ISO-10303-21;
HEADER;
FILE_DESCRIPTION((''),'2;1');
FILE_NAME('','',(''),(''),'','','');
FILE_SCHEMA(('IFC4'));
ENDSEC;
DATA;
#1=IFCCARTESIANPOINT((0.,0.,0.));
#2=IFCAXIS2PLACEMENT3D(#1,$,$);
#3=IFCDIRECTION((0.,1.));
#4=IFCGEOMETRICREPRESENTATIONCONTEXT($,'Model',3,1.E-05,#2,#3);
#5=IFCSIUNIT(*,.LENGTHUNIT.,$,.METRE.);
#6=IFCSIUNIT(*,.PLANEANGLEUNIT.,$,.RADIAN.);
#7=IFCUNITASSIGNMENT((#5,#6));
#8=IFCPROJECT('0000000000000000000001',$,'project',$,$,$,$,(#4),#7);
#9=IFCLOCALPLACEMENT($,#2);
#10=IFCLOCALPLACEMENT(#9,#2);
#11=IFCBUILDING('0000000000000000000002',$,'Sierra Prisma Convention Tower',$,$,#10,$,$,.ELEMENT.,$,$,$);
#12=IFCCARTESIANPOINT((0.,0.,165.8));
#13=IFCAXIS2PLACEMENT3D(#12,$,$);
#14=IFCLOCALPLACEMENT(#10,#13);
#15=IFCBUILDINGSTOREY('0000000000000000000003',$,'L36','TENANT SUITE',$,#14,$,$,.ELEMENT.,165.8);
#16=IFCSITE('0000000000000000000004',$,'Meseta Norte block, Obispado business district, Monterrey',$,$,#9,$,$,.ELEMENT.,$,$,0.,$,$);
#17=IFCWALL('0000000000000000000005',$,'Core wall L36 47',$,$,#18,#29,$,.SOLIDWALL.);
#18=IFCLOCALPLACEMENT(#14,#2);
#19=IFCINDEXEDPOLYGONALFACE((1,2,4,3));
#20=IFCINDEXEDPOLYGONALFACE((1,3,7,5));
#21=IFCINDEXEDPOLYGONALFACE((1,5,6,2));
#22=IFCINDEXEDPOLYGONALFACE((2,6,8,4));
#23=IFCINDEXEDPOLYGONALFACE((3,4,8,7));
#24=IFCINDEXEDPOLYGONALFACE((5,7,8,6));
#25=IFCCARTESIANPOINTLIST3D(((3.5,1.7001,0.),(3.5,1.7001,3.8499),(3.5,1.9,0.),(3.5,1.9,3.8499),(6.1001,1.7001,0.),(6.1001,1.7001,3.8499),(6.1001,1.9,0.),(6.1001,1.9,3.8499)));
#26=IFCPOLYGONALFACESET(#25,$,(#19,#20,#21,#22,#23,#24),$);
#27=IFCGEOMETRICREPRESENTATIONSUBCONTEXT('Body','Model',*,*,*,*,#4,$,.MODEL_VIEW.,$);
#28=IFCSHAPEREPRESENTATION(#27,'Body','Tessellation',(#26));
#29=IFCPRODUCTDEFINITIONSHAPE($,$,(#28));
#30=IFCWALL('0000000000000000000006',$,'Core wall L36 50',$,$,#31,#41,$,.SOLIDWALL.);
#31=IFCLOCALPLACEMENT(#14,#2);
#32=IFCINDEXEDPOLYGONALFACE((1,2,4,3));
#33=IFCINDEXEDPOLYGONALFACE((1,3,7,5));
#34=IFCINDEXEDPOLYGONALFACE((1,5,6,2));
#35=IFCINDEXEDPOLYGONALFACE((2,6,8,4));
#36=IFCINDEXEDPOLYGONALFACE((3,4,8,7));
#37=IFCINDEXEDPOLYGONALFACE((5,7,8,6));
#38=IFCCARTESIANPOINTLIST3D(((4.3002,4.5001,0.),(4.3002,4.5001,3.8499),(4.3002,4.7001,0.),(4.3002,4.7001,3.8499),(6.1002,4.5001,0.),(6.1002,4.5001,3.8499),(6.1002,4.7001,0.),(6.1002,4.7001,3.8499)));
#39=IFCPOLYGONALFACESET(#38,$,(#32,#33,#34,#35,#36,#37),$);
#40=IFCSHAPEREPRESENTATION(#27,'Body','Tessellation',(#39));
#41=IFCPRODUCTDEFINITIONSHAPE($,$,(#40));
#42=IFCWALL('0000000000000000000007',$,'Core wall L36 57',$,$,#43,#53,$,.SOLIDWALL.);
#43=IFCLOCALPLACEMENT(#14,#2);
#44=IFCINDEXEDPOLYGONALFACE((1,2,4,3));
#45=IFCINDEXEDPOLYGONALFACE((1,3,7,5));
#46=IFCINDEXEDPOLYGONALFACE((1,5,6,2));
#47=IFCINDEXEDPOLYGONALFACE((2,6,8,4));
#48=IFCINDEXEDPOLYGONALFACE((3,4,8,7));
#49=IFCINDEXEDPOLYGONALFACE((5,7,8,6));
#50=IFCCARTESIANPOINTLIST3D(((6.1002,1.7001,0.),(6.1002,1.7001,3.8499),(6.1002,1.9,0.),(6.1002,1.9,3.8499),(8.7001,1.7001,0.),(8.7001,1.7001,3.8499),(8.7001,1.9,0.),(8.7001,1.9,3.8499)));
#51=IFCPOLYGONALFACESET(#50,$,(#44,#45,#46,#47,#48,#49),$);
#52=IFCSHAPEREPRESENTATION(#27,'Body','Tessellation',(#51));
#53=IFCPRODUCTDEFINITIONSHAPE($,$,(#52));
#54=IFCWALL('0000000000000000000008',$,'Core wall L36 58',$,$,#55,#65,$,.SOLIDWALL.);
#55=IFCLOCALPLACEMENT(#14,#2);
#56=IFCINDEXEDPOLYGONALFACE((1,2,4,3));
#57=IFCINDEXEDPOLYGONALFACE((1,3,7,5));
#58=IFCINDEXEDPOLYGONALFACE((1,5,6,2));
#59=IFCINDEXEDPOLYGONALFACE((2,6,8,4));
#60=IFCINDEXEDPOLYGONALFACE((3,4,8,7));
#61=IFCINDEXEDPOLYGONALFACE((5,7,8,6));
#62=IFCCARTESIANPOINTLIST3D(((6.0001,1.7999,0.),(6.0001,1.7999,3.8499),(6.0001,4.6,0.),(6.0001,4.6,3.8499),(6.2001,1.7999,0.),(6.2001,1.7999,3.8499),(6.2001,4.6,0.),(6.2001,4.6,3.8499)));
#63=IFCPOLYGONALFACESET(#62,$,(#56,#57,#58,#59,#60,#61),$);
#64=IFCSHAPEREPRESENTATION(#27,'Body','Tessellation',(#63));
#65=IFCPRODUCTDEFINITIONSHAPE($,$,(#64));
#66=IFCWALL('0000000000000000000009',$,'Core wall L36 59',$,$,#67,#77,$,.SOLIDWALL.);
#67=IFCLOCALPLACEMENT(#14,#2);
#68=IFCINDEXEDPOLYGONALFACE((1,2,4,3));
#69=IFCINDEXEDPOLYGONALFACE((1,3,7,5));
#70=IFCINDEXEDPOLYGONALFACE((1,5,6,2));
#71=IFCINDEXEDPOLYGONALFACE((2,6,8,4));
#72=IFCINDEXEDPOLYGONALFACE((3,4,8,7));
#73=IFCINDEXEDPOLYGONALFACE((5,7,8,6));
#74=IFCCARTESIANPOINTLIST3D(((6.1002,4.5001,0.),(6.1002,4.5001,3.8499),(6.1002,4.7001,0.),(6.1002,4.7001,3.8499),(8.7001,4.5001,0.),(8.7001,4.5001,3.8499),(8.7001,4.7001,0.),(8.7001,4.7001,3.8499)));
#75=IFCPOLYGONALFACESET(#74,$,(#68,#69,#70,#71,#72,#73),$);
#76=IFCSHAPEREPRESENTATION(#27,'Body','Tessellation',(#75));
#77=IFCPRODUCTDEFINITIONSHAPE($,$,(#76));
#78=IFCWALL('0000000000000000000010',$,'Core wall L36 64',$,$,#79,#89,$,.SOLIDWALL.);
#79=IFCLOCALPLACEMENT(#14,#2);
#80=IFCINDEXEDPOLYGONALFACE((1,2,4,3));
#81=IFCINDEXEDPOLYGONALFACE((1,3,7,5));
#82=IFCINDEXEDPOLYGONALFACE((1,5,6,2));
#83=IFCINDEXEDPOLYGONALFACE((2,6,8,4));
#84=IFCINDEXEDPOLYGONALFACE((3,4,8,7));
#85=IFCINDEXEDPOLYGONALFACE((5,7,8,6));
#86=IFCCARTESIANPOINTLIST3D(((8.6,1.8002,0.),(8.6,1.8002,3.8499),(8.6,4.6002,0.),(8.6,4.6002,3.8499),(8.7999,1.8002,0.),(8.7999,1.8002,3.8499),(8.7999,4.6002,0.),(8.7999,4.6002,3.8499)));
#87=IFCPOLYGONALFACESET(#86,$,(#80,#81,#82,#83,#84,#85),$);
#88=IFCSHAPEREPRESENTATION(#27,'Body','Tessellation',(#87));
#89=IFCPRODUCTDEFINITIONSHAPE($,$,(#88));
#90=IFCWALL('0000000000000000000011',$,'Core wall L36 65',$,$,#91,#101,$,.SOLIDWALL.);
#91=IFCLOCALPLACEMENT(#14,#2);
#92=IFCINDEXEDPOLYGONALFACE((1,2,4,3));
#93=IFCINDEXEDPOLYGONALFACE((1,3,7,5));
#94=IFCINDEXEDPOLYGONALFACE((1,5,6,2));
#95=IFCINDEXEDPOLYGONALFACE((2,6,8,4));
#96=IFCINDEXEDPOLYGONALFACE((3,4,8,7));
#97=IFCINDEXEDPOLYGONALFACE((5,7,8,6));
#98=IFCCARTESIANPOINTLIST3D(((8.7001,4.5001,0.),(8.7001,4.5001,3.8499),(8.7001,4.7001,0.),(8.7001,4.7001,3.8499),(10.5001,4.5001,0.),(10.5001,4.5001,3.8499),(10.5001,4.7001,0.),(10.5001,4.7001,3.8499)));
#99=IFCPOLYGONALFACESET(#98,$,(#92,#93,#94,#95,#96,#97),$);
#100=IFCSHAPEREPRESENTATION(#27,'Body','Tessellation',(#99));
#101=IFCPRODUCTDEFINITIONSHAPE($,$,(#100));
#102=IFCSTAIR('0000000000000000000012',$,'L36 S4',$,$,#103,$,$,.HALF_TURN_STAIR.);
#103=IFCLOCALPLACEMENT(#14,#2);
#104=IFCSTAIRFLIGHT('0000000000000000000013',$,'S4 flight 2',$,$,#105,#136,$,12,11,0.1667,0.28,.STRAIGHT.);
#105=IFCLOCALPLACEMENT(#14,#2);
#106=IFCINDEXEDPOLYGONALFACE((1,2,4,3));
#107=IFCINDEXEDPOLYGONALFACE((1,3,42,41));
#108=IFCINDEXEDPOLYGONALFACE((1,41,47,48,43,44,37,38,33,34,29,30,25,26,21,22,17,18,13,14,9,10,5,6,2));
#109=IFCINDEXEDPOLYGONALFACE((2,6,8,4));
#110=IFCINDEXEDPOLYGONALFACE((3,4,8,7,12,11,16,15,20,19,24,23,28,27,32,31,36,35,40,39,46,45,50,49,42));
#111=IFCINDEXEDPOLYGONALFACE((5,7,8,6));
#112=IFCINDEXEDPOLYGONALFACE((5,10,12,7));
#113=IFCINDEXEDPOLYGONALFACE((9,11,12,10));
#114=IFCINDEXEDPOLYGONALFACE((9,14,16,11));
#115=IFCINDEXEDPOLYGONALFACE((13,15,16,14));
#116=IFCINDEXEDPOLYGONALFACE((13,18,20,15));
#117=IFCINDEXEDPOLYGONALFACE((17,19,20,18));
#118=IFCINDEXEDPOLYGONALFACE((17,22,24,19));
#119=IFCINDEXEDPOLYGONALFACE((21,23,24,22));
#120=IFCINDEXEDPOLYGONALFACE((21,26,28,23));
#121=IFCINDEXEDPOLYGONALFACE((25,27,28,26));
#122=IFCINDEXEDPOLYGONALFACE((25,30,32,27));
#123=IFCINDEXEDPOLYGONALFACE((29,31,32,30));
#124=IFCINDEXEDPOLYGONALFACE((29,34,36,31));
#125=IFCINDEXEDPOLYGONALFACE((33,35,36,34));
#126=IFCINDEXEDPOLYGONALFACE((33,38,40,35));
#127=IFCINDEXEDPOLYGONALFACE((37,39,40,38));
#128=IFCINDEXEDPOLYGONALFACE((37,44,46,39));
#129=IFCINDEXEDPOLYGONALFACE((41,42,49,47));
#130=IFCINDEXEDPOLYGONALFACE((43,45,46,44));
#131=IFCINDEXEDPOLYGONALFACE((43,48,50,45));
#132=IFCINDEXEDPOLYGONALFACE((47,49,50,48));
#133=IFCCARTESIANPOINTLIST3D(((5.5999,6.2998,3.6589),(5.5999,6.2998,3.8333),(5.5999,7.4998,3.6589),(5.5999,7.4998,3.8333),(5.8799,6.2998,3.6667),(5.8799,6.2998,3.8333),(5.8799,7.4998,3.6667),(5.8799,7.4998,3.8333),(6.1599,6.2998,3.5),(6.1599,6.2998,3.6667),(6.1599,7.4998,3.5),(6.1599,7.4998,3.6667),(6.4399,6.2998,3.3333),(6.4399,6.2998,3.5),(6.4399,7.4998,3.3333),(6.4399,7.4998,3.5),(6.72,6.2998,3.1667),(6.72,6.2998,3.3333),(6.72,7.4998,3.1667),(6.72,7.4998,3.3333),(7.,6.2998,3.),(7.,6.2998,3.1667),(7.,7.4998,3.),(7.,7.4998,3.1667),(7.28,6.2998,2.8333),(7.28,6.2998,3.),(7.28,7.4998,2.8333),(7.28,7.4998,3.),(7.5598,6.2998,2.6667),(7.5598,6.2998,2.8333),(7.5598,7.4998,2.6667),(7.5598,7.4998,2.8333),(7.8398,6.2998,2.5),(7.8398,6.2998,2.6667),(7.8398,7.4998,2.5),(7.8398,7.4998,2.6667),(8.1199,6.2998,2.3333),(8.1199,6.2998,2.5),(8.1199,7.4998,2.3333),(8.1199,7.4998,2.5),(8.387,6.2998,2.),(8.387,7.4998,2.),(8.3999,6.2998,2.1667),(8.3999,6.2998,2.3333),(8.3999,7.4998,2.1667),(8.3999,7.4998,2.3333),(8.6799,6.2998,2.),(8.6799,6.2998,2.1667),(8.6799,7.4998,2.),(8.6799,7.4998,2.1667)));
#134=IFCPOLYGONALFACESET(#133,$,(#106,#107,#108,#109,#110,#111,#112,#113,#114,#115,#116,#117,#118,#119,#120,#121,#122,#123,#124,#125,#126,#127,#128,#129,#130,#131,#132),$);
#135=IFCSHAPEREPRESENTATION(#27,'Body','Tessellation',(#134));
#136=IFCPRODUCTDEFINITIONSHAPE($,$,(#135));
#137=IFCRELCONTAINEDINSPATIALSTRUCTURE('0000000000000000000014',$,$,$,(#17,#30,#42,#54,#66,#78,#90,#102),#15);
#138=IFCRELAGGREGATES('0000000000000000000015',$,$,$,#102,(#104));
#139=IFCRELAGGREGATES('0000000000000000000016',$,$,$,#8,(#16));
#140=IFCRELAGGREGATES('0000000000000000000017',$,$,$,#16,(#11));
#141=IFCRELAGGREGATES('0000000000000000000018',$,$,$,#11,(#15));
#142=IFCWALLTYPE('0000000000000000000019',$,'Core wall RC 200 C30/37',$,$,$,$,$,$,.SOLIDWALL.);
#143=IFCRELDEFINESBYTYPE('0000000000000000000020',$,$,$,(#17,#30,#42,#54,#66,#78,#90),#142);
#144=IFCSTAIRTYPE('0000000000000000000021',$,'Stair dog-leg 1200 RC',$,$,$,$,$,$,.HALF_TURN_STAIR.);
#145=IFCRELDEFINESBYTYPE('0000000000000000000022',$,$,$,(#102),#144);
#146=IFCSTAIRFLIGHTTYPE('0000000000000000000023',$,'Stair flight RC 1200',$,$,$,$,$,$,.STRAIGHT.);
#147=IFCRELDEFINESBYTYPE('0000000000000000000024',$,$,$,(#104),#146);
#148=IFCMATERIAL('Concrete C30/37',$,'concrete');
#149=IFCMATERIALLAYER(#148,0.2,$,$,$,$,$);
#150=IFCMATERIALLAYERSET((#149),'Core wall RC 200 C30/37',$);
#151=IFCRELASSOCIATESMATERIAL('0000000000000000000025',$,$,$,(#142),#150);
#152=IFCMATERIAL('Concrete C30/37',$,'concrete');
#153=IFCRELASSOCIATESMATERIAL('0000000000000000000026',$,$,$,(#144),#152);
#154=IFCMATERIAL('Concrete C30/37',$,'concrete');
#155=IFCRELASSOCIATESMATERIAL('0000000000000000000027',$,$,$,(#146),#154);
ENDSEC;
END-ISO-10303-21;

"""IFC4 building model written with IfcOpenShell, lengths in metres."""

from ifc_helpers import new_model, si_unit, direction, frame, frame_2d, origin, place, context, subcontext, project, spatial, polyline, rectangle, outline, extrude, material, layer, layer_set, type_object, element, aggregate, save


model = new_model("IFC4")

# Units and contexts
model_context = context("Model", 3, precision=1e-05, world=origin(), true_north=direction((0.0, 1.0)))
body_context = subcontext(model_context, "Body", "Model", "MODEL_VIEW")
ifc_project = project(units=[si_unit("LENGTHUNIT", "METRE"), si_unit("PLANEANGLEUNIT", "RADIAN")], contexts=[model_context])

# Site, building, storey
site_placement = place(None, origin())
site = spatial("IfcSite", under=ifc_project, at=site_placement, Name="Meseta Norte block, Obispado business district, Monterrey", CompositionType="ELEMENT", RefElevation=0.0)
building_placement = place(site_placement, origin())
building = spatial("IfcBuilding", under=site, at=building_placement, Name="Sierra Prisma Convention Tower", CompositionType="ELEMENT")
storey_placement = place(building_placement, frame((0.0, 0.0, 165.8)))
storey = spatial("IfcBuildingStorey", under=building, at=storey_placement, Name="L36", Description="TENANT SUITE", CompositionType="ELEMENT", Elevation=165.8)

# Walls
ifc_material_1 = material(Name="Concrete C30/37", Category="concrete")
ifc_layer_1 = layer(ifc_material_1, 0.2)
ifc_layer_set_1 = layer_set([ifc_layer_1], Name="Core wall RC 200 C30/37")
wall_type = type_object("IfcWallType", Name="Core wall RC 200 C30/37", PredefinedType="SOLIDWALL", material=ifc_layer_set_1)
wall_1_placement = place(storey_placement, frame((6.1001, 1.8, 0.0), z_axis=(0.0, 0.0, 1.0), x_axis=(-1.0, 0.0, 0.0)))
element("IfcWall", 1, at=wall_1_placement, inside=storey, type_object=wall_type, Name="Core wall L36 47", PredefinedType="SOLIDWALL", context=body_context, shape_type="SweptSolid", body=[
    extrude(rectangle(XDim=2.6001, YDim=0.2, at=frame_2d((1.3, 0.0))), origin(), (0.0, 0.0, 1.0), 3.8499),
])
wall_2_placement = place(storey_placement, frame((6.1001, 4.6001, 0.0), z_axis=(0.0, 0.0, 1.0), x_axis=(-1.0, 0.0, 0.0)))
element("IfcWall", 2, at=wall_2_placement, inside=storey, type_object=wall_type, Name="Core wall L36 50", PredefinedType="SOLIDWALL", context=body_context, shape_type="SweptSolid", body=[
    extrude(rectangle(XDim=1.8, YDim=0.2, at=frame_2d((0.8999, 0.0))), origin(), (0.0, 0.0, 1.0), 3.8499),
])
wall_3_placement = place(storey_placement, frame((8.7, 1.8, 0.0), z_axis=(0.0, 0.0, 1.0), x_axis=(-1.0, 0.0, 0.0)))
element("IfcWall", 3, at=wall_3_placement, inside=storey, type_object=wall_type, Name="Core wall L36 57", PredefinedType="SOLIDWALL", context=body_context, shape_type="SweptSolid", body=[
    extrude(rectangle(XDim=2.5999, YDim=0.2, at=frame_2d((1.2998, 0.0))), origin(), (0.0, 0.0, 1.0), 3.8499),
])
wall_4_placement = place(storey_placement, frame((6.1001, 1.8, 0.0), z_axis=(0.0, 0.0, 1.0), x_axis=(0.0, 1.0, 0.0)))
element("IfcWall", 4, at=wall_4_placement, inside=storey, type_object=wall_type, Name="Core wall L36 58", PredefinedType="SOLIDWALL", context=body_context, shape_type="SweptSolid", body=[
    extrude(rectangle(XDim=2.8, YDim=0.2, at=frame_2d((1.3999, 0.0))), origin(), (0.0, 0.0, 1.0), 3.8499),
])
wall_5_placement = place(storey_placement, frame((8.7, 4.6001, 0.0), z_axis=(0.0, 0.0, 1.0), x_axis=(-1.0, 0.0, 0.0)))
element("IfcWall", 5, at=wall_5_placement, inside=storey, type_object=wall_type, Name="Core wall L36 59", PredefinedType="SOLIDWALL", context=body_context, shape_type="SweptSolid", body=[
    extrude(rectangle(XDim=2.5999, YDim=0.2, at=frame_2d((1.2998, 0.0))), origin(), (0.0, 0.0, 1.0), 3.8499),
])

# Walls
wall_6_placement = place(storey_placement, frame((8.7, 4.6001, 0.0), z_axis=(0.0, 0.0, 1.0), x_axis=(0.0, -1.0, 0.0)))
element("IfcWall", 6, at=wall_6_placement, inside=storey, type_object=wall_type, Name="Core wall L36 64", PredefinedType="SOLIDWALL", context=body_context, shape_type="SweptSolid", body=[
    extrude(rectangle(XDim=2.8, YDim=0.2, at=frame_2d((1.3999, 0.0))), origin(), (0.0, 0.0, 1.0), 3.8499),
])
wall_7_placement = place(storey_placement, frame((10.5, 4.6001, 0.0), z_axis=(0.0, 0.0, 1.0), x_axis=(-1.0, 0.0, 0.0)))
element("IfcWall", 7, at=wall_7_placement, inside=storey, type_object=wall_type, Name="Core wall L36 65", PredefinedType="SOLIDWALL", context=body_context, shape_type="SweptSolid", body=[
    extrude(rectangle(XDim=1.8, YDim=0.2, at=frame_2d((0.8999, 0.0))), origin(), (0.0, 0.0, 1.0), 3.8499),
])

# Stair, stair flight
ifc_material_2 = material(Name="Concrete C30/37", Category="concrete")
stair_type = type_object("IfcStairType", Name="Stair dog-leg 1200 RC", PredefinedType="HALF_TURN_STAIR", material=ifc_material_2)
stair_placement = place(storey_placement, origin())
stair = element("IfcStair", 8, at=stair_placement, inside=storey, type_object=stair_type, Name="L36 S4", PredefinedType="HALF_TURN_STAIR")
ifc_material_3 = material(Name="Concrete C30/37", Category="concrete")
stair_flight_type = type_object("IfcStairFlightType", Name="Stair flight RC 1200", PredefinedType="STRAIGHT", material=ifc_material_3)
stair_flight_placement = place(storey_placement, frame((8.6799, 6.8999, 2.0), z_axis=(0.0, 0.0, 1.0), x_axis=(-1.0, 0.0, 0.0)))
stair_flight = element("IfcStairFlight", 9, at=stair_flight_placement, type_object=stair_flight_type, Name="S4 flight 2", NumberOfRisers=12, NumberOfTreads=11, PredefinedType="STRAIGHT", RiserHeight=0.1667, TreadLength=0.28, context=body_context, shape_type="SweptSolid", body=[
    extrude(outline(polyline([(0.0, 0.0), (0.0, 0.1667), (0.28, 0.1667), (0.28, 0.3333), (0.5601, 0.3333), (0.5601, 0.5), (0.8401, 0.5), (0.8401, 0.6667), (1.1201, 0.6667), (1.1201, 0.8333), (1.3999, 0.8333), (1.3999, 1.0), (1.6799, 1.0), (1.6799, 1.1667), (1.96, 1.1667), (1.96, 1.3333), (2.24, 1.3333), (2.24, 1.5), (2.52, 1.5), (2.52, 1.6667), (2.8, 1.6667), (2.8, 1.8333), (3.0801, 1.8333), (3.0801, 2.0), (3.0801, 1.6589), (0.293, 0.0), (0.0, 0.0)])), frame((0.0, 0.6001, 0.0), z_axis=(0.0, -1.0, 0.0), x_axis=(1.0, 0.0, 0.0)), (0.0, 0.0, 1.0), 1.2),
])
aggregate(stair, [stair_flight])

save(model, "model.ifc")
